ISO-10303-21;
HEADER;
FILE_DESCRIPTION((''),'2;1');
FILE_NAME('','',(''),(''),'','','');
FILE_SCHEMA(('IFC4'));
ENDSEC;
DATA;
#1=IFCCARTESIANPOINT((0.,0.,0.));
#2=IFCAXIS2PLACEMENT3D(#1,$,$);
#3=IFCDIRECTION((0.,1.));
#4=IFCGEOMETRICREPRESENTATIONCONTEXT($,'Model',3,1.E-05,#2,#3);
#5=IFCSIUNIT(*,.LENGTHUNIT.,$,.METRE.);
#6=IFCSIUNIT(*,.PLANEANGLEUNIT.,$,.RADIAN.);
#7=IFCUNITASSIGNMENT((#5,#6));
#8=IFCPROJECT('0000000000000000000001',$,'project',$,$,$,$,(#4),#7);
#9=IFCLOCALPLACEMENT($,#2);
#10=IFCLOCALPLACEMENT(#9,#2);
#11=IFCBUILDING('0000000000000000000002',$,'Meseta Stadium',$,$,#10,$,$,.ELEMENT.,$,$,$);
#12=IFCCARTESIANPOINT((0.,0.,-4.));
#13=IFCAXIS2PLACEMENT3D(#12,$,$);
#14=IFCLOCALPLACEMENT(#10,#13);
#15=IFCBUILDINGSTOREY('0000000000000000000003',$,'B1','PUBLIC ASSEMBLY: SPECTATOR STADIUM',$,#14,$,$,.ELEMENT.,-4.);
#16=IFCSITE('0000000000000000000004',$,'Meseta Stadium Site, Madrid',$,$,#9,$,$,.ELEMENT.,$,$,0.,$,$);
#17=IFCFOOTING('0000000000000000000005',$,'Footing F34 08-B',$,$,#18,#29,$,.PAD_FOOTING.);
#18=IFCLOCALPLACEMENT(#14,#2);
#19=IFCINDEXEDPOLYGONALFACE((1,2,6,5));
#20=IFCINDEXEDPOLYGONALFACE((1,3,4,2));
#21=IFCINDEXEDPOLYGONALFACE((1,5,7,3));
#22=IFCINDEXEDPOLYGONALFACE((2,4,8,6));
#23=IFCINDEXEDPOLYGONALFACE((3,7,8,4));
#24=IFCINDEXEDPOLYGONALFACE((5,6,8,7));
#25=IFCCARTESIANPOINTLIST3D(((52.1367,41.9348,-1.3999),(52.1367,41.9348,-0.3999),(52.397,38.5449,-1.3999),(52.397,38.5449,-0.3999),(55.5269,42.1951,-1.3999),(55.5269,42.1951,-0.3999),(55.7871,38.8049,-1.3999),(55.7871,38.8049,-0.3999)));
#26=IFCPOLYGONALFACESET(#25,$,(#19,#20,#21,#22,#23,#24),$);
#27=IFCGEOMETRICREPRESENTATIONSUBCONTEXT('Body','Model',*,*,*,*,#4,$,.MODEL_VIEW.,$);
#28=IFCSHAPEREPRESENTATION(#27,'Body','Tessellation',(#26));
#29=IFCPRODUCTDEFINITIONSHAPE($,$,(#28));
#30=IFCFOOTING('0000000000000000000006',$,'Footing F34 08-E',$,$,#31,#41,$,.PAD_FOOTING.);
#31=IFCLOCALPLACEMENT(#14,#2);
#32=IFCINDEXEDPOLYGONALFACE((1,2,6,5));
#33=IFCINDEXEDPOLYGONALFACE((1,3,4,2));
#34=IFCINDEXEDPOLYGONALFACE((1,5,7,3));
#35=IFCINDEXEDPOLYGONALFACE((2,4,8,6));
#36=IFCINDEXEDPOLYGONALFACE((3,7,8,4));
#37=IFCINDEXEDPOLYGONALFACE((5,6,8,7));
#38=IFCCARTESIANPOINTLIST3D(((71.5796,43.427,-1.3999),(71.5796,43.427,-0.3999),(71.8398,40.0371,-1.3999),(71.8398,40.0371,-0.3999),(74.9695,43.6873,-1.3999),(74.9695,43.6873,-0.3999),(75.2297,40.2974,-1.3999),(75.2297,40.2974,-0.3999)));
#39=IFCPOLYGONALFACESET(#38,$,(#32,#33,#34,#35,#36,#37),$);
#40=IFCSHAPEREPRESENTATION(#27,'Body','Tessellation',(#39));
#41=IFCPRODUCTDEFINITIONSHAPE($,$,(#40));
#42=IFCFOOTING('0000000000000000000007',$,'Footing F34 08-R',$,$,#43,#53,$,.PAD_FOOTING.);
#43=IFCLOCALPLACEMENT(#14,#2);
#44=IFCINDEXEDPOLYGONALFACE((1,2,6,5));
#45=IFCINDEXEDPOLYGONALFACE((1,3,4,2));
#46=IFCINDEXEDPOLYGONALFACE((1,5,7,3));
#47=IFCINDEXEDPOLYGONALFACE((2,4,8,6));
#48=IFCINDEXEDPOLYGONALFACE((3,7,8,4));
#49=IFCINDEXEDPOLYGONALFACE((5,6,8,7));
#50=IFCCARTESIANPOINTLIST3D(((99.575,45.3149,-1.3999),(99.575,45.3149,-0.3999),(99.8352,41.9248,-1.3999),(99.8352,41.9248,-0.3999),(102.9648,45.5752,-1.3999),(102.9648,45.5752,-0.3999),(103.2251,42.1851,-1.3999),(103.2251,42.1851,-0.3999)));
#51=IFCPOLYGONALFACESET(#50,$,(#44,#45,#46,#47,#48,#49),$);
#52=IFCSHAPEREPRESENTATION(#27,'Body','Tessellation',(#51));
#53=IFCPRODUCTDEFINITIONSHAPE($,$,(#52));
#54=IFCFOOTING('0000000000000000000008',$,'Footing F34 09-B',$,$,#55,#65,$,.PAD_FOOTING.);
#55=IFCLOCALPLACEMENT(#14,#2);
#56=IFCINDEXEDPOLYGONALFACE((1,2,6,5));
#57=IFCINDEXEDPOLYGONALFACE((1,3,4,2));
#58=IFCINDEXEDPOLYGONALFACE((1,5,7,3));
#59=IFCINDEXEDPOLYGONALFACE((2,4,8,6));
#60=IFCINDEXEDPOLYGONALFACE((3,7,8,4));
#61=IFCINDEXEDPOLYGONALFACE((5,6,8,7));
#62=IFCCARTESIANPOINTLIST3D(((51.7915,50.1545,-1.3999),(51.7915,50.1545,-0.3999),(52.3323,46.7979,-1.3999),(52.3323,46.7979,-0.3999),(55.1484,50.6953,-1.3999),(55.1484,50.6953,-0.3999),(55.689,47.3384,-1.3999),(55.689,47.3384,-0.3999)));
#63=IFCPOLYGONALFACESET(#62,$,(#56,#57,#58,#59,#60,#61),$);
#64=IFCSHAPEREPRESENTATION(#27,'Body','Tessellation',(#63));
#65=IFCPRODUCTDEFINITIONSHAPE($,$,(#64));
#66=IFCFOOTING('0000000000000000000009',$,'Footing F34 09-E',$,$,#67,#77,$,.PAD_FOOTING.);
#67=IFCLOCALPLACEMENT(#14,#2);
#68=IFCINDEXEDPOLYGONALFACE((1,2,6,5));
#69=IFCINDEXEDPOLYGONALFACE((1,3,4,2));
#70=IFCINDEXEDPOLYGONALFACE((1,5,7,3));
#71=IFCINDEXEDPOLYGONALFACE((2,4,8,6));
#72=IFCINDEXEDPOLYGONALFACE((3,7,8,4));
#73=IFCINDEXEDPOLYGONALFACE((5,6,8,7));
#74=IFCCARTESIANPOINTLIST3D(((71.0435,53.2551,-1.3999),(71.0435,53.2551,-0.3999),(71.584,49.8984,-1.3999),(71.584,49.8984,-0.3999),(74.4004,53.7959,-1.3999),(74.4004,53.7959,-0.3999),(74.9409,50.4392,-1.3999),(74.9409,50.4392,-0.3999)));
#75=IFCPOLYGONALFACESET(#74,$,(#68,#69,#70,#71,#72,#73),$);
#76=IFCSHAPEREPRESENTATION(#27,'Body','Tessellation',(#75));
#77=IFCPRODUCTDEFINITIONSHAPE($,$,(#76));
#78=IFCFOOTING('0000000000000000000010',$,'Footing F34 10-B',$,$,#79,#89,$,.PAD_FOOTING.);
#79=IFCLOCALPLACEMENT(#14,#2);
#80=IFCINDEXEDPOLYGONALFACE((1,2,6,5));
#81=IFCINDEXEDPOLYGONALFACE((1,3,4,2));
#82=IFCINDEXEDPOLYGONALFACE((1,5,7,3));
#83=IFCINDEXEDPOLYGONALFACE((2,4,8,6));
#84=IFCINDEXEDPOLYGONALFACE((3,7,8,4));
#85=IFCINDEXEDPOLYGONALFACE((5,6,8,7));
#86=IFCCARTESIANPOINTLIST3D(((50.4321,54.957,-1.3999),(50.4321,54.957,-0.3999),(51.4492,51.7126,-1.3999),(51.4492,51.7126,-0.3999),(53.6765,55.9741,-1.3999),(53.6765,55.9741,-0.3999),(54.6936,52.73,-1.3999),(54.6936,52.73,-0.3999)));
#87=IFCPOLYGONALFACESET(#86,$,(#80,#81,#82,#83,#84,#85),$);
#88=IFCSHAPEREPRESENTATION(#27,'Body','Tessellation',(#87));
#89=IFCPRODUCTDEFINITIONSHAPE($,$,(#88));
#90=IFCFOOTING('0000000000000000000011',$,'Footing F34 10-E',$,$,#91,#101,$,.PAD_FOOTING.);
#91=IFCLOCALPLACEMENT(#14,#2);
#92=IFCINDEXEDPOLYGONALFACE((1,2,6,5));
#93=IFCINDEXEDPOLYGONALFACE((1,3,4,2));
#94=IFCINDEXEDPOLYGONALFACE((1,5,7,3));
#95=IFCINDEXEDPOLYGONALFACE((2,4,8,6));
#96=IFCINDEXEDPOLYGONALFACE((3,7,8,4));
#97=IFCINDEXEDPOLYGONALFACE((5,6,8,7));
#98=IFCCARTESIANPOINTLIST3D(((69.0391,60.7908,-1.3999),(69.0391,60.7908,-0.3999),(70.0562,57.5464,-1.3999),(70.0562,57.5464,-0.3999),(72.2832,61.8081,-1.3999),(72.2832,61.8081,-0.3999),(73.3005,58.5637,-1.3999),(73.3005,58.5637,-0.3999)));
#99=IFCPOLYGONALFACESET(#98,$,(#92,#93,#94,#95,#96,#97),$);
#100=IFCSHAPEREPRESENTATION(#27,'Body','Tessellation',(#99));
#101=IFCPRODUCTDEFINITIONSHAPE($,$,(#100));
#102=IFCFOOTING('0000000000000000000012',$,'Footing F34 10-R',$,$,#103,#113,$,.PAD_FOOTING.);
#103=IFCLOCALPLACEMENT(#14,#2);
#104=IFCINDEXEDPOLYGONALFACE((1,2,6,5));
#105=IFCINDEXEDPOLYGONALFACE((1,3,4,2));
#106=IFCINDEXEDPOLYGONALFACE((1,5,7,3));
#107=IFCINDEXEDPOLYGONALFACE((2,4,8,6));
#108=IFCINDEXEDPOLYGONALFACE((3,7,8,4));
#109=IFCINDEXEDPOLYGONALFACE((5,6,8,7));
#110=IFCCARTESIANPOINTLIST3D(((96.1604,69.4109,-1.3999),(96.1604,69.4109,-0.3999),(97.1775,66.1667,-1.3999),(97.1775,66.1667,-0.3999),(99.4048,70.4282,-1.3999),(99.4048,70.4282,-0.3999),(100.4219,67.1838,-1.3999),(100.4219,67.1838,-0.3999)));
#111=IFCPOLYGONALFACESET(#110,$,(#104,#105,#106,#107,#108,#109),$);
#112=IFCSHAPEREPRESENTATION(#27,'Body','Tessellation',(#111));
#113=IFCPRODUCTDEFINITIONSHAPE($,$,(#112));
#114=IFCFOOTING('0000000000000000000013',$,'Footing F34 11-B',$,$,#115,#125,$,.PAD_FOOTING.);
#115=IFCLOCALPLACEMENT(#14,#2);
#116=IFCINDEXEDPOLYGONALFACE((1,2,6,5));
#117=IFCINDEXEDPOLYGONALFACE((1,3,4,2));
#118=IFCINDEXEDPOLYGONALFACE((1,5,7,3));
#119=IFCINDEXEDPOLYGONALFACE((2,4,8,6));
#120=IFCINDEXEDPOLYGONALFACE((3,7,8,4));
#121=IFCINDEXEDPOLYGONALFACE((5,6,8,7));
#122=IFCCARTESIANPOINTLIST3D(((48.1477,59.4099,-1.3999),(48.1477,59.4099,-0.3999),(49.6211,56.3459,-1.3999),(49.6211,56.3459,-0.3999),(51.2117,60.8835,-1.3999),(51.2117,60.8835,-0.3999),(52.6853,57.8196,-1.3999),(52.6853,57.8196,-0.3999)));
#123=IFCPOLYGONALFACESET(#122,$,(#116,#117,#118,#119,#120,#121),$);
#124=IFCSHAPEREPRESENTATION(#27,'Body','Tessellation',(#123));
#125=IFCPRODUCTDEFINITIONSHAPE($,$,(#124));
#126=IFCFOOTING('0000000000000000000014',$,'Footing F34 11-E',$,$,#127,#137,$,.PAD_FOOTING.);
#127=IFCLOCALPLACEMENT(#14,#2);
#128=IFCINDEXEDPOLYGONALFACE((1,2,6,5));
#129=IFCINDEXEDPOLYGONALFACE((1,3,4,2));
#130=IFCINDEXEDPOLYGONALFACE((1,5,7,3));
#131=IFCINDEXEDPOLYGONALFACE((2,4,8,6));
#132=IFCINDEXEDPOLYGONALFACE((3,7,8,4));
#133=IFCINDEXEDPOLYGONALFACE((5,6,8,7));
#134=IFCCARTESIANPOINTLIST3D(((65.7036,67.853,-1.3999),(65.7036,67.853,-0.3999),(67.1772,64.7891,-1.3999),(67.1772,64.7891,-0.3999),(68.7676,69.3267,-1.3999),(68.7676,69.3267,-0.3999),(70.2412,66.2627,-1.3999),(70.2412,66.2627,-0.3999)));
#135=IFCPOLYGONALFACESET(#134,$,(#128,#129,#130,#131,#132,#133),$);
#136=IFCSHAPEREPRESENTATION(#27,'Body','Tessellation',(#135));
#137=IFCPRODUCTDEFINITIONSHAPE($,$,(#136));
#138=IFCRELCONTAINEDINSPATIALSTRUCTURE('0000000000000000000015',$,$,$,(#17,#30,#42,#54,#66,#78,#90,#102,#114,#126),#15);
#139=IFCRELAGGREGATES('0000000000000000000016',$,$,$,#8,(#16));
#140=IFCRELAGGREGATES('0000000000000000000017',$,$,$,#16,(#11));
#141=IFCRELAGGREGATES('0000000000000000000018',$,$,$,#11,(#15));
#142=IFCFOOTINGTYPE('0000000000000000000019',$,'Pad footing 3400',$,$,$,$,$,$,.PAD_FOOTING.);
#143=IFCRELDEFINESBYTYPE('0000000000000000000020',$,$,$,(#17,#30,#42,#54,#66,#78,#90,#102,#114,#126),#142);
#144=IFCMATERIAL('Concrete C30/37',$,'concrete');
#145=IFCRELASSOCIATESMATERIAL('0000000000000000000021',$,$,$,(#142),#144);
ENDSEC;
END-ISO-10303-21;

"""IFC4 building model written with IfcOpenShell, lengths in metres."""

from ifc_helpers import new_model, si_unit, direction, frame, origin, place, context, subcontext, project, spatial, polyline, outline, extrude, material, type_object, element, save


model = new_model("IFC4")

# Units and contexts
model_context = context("Model", 3, precision=1e-05, world=origin(), true_north=direction((0.0, 1.0)))
body_context = subcontext(model_context, "Body", "Model", "MODEL_VIEW")
ifc_project = project(units=[si_unit("LENGTHUNIT", "METRE"), si_unit("PLANEANGLEUNIT", "RADIAN")], contexts=[model_context])

# Site, building, storey
site_placement = place(None, origin())
site = spatial("IfcSite", under=ifc_project, at=site_placement, Name="Meseta Stadium Site, Madrid", CompositionType="ELEMENT", RefElevation=0.0)
building_placement = place(site_placement, origin())
building = spatial("IfcBuilding", under=site, at=building_placement, Name="Meseta Stadium", CompositionType="ELEMENT")
storey_placement = place(building_placement, frame((0.0, 0.0, -4.0)))
storey = spatial("IfcBuildingStorey", under=building, at=storey_placement, Name="B1", Description="PUBLIC ASSEMBLY: SPECTATOR STADIUM", CompositionType="ELEMENT", Elevation=-4.0)

# Footings
ifc_material_1 = material(Name="Concrete C30/37", Category="concrete")
footing_type_1 = type_object("IfcFootingType", Name="Pad footing 3400", PredefinedType="PAD_FOOTING", material=ifc_material_1)
footing_1_placement = place(storey_placement, frame((0.0, 0.0, -1.3999)))
element("IfcFooting", 1, at=footing_1_placement, inside=storey, type_object=footing_type_1, Name="Footing F34 08-B", PredefinedType="PAD_FOOTING", context=body_context, shape_type="SweptSolid", body=[
    extrude(outline(polyline([(52.397, 38.5449), (55.7871, 38.8049), (55.5269, 42.1951), (52.1367, 41.9348), (52.397, 38.5449)])), origin(), (0.0, 0.0, 1.0), 1.0),
])
footing_2_placement = place(storey_placement, frame((0.0, 0.0, -1.3999)))
element("IfcFooting", 2, at=footing_2_placement, inside=storey, type_object=footing_type_1, Name="Footing F34 08-E", PredefinedType="PAD_FOOTING", context=body_context, shape_type="SweptSolid", body=[
    extrude(outline(polyline([(71.8398, 40.0371), (75.2297, 40.2974), (74.9695, 43.6873), (71.5796, 43.427), (71.8398, 40.0371)])), origin(), (0.0, 0.0, 1.0), 1.0),
])
footing_3_placement = place(storey_placement, frame((0.0, 0.0, -1.3999)))
element("IfcFooting", 3, at=footing_3_placement, inside=storey, type_object=footing_type_1, Name="Footing F34 08-R", PredefinedType="PAD_FOOTING", context=body_context, shape_type="SweptSolid", body=[
    extrude(outline(polyline([(99.8352, 41.9248), (103.2251, 42.1851), (102.9648, 45.5752), (99.575, 45.3149), (99.8352, 41.9248)])), origin(), (0.0, 0.0, 1.0), 1.0),
])
footing_4_placement = place(storey_placement, frame((0.0, 0.0, -1.3999)))
element("IfcFooting", 4, at=footing_4_placement, inside=storey, type_object=footing_type_1, Name="Footing F34 09-B", PredefinedType="PAD_FOOTING", context=body_context, shape_type="SweptSolid", body=[
    extrude(outline(polyline([(52.3323, 46.7979), (55.689, 47.3384), (55.1484, 50.6953), (51.7915, 50.1545), (52.3323, 46.7979)])), origin(), (0.0, 0.0, 1.0), 1.0),
])
footing_5_placement = place(storey_placement, frame((0.0, 0.0, -1.3999)))
element("IfcFooting", 5, at=footing_5_placement, inside=storey, type_object=footing_type_1, Name="Footing F34 09-E", PredefinedType="PAD_FOOTING", context=body_context, shape_type="SweptSolid", body=[
    extrude(outline(polyline([(71.584, 49.8984), (74.9409, 50.4392), (74.4004, 53.7959), (71.0435, 53.2551), (71.584, 49.8984)])), origin(), (0.0, 0.0, 1.0), 1.0),
])
footing_6_placement = place(storey_placement, frame((0.0, 0.0, -1.3999)))
element("IfcFooting", 6, at=footing_6_placement, inside=storey, type_object=footing_type_1, Name="Footing F34 10-B", PredefinedType="PAD_FOOTING", context=body_context, shape_type="SweptSolid", body=[
    extrude(outline(polyline([(51.4492, 51.7126), (54.6936, 52.73), (53.6765, 55.9741), (50.4321, 54.957), (51.4492, 51.7126)])), origin(), (0.0, 0.0, 1.0), 1.0),
])
footing_7_placement = place(storey_placement, frame((0.0, 0.0, -1.3999)))
element("IfcFooting", 7, at=footing_7_placement, inside=storey, type_object=footing_type_1, Name="Footing F34 10-E", PredefinedType="PAD_FOOTING", context=body_context, shape_type="SweptSolid", body=[
    extrude(outline(polyline([(70.0562, 57.5464), (73.3005, 58.5637), (72.2832, 61.8081), (69.0391, 60.7908), (70.0562, 57.5464)])), origin(), (0.0, 0.0, 1.0), 1.0),
])
footing_8_placement = place(storey_placement, frame((0.0, 0.0, -1.3999)))
element("IfcFooting", 8, at=footing_8_placement, inside=storey, type_object=footing_type_1, Name="Footing F34 10-R", PredefinedType="PAD_FOOTING", context=body_context, shape_type="SweptSolid", body=[
    extrude(outline(polyline([(97.1775, 66.1667), (100.4219, 67.1838), (99.4048, 70.4282), (96.1604, 69.4109), (97.1775, 66.1667)])), origin(), (0.0, 0.0, 1.0), 1.0),
])
footing_9_placement = place(storey_placement, frame((0.0, 0.0, -1.3999)))
element("IfcFooting", 9, at=footing_9_placement, inside=storey, type_object=footing_type_1, Name="Footing F34 11-B", PredefinedType="PAD_FOOTING", context=body_context, shape_type="SweptSolid", body=[
    extrude(outline(polyline([(49.6211, 56.3459), (52.6853, 57.8196), (51.2117, 60.8835), (48.1477, 59.4099), (49.6211, 56.3459)])), origin(), (0.0, 0.0, 1.0), 1.0),
])
footing_10_placement = place(storey_placement, frame((0.0, 0.0, -1.3999)))
element("IfcFooting", 10, at=footing_10_placement, inside=storey, type_object=footing_type_1, Name="Footing F34 11-E", PredefinedType="PAD_FOOTING", context=body_context, shape_type="SweptSolid", body=[
    extrude(outline(polyline([(67.1772, 64.7891), (70.2412, 66.2627), (68.7676, 69.3267), (65.7036, 67.853), (67.1772, 64.7891)])), origin(), (0.0, 0.0, 1.0), 1.0),
])

save(model, "model.ifc")
